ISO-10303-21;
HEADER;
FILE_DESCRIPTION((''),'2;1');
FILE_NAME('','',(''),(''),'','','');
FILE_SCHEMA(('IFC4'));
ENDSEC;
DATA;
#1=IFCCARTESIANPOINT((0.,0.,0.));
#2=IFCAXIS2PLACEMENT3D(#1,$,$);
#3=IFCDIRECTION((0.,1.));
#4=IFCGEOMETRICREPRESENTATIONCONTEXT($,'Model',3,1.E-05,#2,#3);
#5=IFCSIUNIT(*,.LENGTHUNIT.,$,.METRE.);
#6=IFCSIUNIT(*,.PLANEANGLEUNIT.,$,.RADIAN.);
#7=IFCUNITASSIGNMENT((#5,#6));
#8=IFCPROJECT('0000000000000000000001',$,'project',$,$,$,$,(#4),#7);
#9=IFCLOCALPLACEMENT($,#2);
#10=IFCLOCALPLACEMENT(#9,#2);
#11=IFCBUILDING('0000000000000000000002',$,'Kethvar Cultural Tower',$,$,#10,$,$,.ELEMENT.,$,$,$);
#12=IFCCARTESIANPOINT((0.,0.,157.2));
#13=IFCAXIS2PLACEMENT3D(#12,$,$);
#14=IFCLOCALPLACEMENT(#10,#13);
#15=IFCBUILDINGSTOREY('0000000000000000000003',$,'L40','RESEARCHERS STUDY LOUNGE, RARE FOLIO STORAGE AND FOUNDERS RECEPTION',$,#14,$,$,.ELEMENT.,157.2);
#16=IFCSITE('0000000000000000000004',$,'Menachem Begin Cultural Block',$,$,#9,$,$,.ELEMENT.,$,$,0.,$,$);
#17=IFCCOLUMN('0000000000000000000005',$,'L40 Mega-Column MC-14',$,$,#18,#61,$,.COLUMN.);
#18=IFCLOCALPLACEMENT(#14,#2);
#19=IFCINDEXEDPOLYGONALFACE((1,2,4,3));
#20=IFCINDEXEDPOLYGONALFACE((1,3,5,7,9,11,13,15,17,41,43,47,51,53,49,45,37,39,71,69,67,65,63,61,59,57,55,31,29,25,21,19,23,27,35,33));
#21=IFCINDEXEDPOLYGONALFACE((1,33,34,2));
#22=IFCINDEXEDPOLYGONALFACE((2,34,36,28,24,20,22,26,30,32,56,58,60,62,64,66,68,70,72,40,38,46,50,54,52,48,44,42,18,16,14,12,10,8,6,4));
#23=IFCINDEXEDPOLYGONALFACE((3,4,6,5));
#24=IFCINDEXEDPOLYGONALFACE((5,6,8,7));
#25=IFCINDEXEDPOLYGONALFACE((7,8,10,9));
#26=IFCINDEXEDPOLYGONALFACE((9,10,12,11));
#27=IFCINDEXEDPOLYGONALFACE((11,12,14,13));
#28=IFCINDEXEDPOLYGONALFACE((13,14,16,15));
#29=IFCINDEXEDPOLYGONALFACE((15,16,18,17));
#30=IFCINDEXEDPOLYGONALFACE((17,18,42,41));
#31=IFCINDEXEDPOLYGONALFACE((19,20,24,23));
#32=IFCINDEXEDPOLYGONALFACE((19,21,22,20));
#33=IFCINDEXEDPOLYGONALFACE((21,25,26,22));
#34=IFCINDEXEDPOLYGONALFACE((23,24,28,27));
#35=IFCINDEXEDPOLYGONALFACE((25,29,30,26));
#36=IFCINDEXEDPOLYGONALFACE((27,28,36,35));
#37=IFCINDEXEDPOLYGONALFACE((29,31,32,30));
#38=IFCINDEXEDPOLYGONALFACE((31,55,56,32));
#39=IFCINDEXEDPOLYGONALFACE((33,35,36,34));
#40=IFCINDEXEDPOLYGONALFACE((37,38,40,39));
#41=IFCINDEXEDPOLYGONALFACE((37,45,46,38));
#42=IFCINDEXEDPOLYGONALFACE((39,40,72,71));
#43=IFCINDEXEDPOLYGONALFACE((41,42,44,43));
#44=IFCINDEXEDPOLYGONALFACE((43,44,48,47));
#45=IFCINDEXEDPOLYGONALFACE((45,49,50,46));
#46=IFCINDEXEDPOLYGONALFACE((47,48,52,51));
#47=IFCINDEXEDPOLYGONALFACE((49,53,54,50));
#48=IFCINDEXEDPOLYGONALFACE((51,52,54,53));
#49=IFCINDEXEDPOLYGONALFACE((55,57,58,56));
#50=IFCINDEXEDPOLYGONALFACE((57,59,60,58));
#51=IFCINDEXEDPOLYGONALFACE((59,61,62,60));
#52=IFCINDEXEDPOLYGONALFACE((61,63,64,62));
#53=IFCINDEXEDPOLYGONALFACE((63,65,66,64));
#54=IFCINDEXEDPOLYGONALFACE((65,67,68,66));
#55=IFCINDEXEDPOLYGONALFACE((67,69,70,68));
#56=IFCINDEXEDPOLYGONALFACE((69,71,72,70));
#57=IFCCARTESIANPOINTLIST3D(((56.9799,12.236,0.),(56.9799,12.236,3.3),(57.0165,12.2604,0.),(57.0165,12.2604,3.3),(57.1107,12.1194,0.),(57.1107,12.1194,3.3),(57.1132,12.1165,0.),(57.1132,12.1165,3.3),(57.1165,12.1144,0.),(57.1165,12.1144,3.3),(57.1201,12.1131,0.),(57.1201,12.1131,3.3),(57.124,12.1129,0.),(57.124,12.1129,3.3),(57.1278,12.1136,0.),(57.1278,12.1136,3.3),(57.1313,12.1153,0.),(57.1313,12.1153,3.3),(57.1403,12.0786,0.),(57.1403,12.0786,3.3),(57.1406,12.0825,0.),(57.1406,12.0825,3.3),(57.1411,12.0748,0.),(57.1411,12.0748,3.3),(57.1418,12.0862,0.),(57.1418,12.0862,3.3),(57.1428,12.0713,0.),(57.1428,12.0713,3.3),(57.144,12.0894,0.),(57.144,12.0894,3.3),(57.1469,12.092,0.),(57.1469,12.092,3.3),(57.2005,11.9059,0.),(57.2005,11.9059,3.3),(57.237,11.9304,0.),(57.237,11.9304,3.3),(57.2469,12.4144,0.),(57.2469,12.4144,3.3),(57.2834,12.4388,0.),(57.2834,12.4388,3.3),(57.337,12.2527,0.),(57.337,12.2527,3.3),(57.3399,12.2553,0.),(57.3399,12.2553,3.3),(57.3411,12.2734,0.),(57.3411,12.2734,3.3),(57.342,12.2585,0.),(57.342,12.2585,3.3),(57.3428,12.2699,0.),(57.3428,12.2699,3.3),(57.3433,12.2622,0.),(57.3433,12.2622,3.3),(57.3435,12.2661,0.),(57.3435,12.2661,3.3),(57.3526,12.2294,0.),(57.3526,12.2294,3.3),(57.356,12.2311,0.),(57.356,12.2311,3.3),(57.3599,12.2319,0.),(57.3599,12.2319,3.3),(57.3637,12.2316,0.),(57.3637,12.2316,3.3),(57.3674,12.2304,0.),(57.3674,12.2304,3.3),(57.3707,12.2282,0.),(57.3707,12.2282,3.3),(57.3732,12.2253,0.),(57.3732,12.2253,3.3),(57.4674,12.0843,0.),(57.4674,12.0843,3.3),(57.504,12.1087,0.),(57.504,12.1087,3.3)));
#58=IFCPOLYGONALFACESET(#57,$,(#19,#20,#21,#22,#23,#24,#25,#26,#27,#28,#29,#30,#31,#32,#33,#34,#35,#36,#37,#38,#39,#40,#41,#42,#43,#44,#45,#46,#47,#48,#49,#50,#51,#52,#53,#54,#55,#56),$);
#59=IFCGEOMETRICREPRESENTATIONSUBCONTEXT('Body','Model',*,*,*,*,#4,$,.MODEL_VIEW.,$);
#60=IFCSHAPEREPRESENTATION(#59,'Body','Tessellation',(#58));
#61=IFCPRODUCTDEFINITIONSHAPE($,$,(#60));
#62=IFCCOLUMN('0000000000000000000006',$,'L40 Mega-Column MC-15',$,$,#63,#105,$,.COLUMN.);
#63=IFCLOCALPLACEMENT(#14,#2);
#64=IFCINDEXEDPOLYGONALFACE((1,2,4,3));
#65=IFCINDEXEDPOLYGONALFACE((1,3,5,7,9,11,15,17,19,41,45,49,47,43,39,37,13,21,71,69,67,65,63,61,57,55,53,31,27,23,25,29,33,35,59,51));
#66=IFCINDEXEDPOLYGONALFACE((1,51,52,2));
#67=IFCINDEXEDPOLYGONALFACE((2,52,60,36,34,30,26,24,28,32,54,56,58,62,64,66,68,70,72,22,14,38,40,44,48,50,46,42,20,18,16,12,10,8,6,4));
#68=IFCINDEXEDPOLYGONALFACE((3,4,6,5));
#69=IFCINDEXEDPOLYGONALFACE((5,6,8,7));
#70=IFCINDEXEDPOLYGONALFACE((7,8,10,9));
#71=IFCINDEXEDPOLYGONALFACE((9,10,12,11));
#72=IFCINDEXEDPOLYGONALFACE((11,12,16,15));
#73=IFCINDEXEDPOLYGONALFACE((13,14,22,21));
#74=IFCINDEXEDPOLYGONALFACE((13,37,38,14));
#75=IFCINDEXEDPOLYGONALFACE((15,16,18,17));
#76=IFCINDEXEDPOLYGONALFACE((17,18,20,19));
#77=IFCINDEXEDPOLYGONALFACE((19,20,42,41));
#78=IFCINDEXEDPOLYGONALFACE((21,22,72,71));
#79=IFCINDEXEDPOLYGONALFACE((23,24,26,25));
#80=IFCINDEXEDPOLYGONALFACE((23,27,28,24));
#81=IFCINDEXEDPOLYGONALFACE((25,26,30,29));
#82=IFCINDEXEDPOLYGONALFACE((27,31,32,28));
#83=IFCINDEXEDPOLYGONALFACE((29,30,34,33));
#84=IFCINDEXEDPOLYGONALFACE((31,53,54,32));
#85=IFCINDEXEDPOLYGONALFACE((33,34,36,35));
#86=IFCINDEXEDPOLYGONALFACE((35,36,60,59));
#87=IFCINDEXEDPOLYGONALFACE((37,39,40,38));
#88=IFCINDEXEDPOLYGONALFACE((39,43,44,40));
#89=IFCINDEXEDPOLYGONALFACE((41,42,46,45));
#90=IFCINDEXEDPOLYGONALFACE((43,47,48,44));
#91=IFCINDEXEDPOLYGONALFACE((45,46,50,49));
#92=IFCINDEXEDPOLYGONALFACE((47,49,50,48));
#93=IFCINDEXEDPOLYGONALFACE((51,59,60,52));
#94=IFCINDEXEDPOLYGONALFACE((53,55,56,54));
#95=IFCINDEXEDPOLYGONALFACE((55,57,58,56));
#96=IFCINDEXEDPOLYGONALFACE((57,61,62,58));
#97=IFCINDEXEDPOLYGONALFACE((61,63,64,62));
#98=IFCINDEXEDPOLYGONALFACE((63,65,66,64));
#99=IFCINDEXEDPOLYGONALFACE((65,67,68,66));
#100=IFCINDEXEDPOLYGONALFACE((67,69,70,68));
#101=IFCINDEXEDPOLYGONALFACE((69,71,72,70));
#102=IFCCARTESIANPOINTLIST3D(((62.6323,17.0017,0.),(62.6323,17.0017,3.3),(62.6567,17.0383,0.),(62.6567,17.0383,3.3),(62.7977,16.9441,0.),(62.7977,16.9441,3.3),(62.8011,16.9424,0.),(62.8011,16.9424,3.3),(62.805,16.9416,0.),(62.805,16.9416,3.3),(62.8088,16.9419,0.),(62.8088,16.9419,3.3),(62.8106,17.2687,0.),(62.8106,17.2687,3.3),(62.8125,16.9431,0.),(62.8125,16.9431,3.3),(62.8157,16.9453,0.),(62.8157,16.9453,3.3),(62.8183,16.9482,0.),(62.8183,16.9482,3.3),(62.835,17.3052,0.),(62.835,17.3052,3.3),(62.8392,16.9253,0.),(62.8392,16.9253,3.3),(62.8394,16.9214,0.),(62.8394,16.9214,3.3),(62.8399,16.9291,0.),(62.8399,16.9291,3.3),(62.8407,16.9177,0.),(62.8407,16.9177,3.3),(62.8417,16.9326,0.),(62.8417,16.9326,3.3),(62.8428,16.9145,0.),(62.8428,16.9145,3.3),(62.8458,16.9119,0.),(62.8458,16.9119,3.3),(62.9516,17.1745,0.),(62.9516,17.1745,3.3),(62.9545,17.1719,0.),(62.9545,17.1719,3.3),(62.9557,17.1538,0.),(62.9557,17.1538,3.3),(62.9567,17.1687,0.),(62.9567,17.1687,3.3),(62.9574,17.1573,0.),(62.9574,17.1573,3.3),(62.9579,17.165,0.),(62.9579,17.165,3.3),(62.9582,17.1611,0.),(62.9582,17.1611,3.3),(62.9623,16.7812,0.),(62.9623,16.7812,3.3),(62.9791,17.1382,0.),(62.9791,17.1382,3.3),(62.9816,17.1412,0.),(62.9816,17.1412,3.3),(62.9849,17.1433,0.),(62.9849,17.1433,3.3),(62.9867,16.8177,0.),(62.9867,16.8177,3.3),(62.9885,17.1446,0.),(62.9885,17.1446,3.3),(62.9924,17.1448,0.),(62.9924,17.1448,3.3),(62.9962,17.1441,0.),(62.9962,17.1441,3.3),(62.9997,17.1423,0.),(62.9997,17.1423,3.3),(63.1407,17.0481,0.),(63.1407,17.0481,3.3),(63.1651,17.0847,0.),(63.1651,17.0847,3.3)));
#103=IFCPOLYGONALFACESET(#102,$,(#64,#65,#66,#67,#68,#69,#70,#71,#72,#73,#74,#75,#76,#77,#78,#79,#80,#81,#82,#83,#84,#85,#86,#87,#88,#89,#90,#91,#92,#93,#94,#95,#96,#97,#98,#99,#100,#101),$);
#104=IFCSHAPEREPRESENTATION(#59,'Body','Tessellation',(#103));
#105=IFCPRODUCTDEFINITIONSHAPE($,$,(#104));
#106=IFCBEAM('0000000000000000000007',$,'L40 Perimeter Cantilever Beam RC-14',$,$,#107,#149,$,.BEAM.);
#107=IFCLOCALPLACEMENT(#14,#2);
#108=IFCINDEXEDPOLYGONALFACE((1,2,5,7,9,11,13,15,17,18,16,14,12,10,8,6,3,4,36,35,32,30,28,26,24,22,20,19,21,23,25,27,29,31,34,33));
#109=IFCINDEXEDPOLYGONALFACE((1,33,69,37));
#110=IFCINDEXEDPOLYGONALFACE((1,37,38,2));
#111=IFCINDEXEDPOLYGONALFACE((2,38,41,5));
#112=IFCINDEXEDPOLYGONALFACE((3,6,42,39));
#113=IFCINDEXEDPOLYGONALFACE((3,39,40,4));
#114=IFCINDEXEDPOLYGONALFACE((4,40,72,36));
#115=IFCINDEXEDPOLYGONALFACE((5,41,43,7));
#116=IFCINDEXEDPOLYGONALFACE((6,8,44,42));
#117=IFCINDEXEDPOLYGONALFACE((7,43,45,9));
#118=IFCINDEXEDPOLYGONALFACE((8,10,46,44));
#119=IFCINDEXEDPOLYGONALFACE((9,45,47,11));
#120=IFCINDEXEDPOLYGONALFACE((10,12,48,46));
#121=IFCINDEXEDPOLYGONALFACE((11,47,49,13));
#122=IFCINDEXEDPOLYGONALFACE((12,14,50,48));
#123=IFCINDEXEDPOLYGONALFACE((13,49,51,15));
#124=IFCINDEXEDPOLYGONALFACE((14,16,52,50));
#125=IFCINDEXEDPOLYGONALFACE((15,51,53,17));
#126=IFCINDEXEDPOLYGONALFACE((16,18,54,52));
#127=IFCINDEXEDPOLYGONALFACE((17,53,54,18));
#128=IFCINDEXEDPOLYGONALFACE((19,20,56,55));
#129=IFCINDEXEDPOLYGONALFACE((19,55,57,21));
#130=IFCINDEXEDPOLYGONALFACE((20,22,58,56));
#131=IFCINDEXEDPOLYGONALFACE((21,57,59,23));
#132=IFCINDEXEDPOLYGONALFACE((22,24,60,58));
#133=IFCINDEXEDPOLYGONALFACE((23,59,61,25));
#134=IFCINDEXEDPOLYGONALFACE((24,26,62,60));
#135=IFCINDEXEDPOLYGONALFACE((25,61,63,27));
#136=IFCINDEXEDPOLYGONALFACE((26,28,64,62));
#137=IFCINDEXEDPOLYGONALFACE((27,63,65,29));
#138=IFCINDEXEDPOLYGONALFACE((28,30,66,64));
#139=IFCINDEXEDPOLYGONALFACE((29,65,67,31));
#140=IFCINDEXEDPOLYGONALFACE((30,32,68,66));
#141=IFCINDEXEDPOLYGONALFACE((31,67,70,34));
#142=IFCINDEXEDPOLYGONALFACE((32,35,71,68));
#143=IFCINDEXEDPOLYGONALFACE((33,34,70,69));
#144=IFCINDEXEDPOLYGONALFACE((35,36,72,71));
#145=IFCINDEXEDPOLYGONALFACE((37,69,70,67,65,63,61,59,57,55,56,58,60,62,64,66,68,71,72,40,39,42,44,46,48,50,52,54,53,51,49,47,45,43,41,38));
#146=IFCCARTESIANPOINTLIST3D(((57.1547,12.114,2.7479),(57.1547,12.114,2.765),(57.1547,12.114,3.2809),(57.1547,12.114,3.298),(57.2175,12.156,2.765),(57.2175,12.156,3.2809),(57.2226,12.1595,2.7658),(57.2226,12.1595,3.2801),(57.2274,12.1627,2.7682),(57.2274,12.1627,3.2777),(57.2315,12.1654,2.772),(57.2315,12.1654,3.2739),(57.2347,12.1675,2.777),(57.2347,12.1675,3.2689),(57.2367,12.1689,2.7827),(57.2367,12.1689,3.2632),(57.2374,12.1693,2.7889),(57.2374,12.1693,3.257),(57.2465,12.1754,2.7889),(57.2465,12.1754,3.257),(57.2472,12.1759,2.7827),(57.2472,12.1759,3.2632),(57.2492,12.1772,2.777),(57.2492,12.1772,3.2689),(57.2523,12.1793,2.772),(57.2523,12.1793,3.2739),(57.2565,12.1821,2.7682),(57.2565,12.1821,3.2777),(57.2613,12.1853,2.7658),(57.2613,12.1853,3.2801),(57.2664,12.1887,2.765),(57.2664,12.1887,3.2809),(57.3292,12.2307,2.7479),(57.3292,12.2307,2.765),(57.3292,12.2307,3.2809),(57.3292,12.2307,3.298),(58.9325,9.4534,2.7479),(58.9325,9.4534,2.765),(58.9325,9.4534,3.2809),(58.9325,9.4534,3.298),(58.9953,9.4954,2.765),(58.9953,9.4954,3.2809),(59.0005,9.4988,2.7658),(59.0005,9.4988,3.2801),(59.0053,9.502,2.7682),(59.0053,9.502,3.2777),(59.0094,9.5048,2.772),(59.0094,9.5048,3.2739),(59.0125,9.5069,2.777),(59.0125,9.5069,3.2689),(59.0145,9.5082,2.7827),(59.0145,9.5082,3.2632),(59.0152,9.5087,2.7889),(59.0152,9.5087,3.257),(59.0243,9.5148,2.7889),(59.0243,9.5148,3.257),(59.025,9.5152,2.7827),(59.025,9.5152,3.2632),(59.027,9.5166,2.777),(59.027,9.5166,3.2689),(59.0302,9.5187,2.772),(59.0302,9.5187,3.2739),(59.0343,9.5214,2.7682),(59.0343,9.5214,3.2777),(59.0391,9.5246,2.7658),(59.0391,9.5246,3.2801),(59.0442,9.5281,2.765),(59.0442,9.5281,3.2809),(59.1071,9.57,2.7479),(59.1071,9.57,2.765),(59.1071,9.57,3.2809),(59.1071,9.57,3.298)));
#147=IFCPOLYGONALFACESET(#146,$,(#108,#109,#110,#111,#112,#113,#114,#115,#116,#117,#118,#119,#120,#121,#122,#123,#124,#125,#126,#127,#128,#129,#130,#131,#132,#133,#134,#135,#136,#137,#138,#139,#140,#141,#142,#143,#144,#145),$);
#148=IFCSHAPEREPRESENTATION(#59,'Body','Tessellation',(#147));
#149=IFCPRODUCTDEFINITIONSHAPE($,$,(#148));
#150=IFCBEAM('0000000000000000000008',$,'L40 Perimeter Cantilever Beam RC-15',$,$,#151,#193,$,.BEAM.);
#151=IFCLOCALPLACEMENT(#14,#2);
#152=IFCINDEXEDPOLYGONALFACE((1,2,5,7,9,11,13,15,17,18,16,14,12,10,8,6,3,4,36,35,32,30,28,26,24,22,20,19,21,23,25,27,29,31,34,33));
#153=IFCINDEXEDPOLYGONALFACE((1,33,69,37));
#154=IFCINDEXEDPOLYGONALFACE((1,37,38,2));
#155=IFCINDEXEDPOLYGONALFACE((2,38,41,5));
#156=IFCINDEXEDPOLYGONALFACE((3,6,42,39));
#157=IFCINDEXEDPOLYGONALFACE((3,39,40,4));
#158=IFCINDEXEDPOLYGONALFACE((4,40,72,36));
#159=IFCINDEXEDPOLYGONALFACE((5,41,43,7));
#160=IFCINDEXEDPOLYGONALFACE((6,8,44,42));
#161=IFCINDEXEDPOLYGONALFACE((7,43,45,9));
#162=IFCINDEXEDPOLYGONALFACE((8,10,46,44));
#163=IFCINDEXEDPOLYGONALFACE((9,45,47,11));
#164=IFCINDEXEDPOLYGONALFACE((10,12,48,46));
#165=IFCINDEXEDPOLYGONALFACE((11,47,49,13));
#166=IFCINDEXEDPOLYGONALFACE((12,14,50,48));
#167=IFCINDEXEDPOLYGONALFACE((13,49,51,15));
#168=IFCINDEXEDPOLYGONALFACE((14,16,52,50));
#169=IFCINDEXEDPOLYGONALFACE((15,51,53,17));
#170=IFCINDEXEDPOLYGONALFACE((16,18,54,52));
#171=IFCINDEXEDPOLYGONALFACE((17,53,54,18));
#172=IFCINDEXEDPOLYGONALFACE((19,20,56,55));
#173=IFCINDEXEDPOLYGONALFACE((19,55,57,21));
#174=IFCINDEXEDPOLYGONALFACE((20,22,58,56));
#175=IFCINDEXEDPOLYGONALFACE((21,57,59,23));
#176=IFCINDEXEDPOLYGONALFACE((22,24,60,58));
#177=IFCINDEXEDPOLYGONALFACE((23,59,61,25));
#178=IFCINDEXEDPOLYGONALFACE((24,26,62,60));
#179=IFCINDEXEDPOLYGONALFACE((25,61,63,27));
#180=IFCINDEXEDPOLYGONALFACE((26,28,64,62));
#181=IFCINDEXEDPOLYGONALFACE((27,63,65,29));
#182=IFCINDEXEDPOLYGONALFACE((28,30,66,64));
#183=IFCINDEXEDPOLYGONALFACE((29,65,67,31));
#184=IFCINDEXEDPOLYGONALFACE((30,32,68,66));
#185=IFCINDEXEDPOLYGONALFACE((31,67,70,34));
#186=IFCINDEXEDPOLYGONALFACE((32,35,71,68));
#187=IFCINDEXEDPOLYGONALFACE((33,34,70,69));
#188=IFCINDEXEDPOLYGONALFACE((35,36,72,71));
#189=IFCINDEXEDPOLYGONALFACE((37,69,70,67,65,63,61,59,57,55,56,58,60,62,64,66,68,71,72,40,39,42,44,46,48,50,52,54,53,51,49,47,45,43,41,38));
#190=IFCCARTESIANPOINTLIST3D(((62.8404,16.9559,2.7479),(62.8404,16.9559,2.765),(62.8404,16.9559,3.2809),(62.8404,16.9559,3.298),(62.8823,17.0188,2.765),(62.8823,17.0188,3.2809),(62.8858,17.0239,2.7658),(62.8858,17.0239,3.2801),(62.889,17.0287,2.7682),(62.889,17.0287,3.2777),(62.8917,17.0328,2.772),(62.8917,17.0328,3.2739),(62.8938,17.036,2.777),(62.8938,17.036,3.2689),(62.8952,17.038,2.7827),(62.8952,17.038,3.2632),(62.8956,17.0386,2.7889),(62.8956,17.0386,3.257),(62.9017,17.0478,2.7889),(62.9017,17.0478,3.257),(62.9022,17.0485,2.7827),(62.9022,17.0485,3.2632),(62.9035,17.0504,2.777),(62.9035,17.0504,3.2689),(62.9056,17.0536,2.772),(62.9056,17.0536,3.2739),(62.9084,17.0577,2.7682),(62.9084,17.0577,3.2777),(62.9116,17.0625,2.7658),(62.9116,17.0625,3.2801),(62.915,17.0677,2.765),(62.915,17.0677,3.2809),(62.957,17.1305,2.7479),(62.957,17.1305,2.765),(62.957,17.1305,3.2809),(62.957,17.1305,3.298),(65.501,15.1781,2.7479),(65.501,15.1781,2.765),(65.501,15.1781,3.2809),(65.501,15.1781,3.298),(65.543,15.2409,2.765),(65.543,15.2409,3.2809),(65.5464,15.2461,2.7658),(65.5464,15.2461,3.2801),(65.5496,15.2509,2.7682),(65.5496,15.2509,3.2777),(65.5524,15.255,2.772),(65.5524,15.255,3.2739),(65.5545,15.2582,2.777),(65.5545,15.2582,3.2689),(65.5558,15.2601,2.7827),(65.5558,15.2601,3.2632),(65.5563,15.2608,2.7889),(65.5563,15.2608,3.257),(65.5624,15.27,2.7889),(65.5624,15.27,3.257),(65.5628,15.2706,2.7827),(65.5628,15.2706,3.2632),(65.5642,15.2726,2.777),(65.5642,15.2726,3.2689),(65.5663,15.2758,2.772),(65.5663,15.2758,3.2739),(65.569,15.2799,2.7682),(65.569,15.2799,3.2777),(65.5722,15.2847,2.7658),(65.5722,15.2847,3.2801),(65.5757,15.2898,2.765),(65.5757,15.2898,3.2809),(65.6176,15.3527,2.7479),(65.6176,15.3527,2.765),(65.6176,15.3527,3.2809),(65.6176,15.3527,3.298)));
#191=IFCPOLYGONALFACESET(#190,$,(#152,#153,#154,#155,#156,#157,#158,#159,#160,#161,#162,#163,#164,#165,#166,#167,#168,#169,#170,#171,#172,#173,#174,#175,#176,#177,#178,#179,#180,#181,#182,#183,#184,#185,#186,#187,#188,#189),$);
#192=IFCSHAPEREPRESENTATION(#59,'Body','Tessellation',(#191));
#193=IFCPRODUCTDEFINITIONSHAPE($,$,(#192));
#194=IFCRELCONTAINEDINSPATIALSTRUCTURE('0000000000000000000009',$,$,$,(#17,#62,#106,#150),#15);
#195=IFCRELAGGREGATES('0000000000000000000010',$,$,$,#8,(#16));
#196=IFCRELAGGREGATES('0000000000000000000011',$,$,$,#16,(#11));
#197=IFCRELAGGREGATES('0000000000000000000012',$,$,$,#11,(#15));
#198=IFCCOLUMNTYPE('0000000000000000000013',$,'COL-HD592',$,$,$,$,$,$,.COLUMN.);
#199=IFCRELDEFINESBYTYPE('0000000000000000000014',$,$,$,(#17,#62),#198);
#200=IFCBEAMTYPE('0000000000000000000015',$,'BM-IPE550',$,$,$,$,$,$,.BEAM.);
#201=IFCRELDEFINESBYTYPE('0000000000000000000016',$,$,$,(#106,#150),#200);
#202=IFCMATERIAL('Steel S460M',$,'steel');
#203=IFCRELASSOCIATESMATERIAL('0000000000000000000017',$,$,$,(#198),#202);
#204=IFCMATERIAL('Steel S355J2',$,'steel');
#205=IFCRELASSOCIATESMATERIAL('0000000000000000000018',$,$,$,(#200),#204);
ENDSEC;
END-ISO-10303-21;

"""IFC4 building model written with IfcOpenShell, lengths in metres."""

from ifc_helpers import new_model, si_unit, direction, frame, origin, origin_2d, place, context, subcontext, project, spatial, i_section, extrude, source, transform, mapped, material, material_profile, profile_set, type_object, element, save


model = new_model("IFC4")

# Units and contexts
model_context = context("Model", 3, precision=1e-05, world=origin(), true_north=direction((0.0, 1.0)))
body_context = subcontext(model_context, "Body", "Model", "MODEL_VIEW")
ifc_project = project(units=[si_unit("LENGTHUNIT", "METRE"), si_unit("PLANEANGLEUNIT", "RADIAN")], contexts=[model_context])

# Site, building, storey
site_placement = place(None, origin())
site = spatial("IfcSite", under=ifc_project, at=site_placement, Name="Menachem Begin Cultural Block", CompositionType="ELEMENT", RefElevation=0.0)
building_placement = place(site_placement, origin())
building = spatial("IfcBuilding", under=site, at=building_placement, Name="Kethvar Cultural Tower", CompositionType="ELEMENT")
storey_placement = place(building_placement, frame((0.0, 0.0, 157.2)))
storey = spatial("IfcBuildingStorey", under=building, at=storey_placement, Name="L40", Description="RESEARCHERS STUDY LOUNGE, RARE FOLIO STORAGE AND FOUNDERS RECEPTION", CompositionType="ELEMENT", Elevation=157.2)

# Columns
ifc_material_1 = material(Name="Steel S460M", Category="steel")
ifc_material_profile_1 = material_profile(ifc_material_1, i_section(OverallWidth=0.397, OverallDepth=0.365, WebThickness=0.0281, FlangeThickness=0.0439, FilletRadius=0.0149, at=origin_2d()), Name="Steel S460M — HD400x592")
ifc_profile_set_1 = profile_set([ifc_material_profile_1], Name="Steel S460M — HD400x592")
column_type = type_object("IfcColumnType", Name="COL-HD592", PredefinedType="COLUMN", material=ifc_profile_set_1)
shared_shape_1 = source(origin(), body_context, "Body", "SweptSolid", [
    extrude(i_section(OverallWidth=0.397, OverallDepth=0.365, WebThickness=0.0281, FlangeThickness=0.0439, FilletRadius=0.0149, at=origin_2d()), origin(), (0.0, 0.0, 1.0), 3.3),
])
for number, where, z_axis, x_axis, name in (
    (1, (57.2419, 12.1724, 0.0), (0.0, 0.0, 1.0), (0.55557, -0.83147, 0.0), "L40 Mega-Column MC-14"),
    (2, (62.8987, 17.0432, 0.0), (0.0, 0.0, 1.0), (0.83147, -0.55557, 0.0), "L40 Mega-Column MC-15"),
):
    element("IfcColumn", number, at=place(storey_placement, frame(where, z_axis=z_axis, x_axis=x_axis)), inside=storey, type_object=column_type, Name=name, PredefinedType="COLUMN", context=body_context, shape_type="MappedRepresentation", body=[
        mapped(shared_shape_1, transform((0.0, 0.0, 0.0), scale=1.0)),
    ])

# Beams
ifc_material_2 = material(Name="Steel S355J2", Category="steel")
ifc_material_profile_2 = material_profile(ifc_material_2, i_section(OverallWidth=0.21, OverallDepth=0.55, WebThickness=0.011, FlangeThickness=0.0171, FilletRadius=0.0239, at=origin_2d()), Name="Steel S355J2 — IPE550")
ifc_profile_set_2 = profile_set([ifc_material_profile_2], Name="Steel S355J2 — IPE550")
beam_type_1 = type_object("IfcBeamType", Name="BM-IPE550", PredefinedType="BEAM", material=ifc_profile_set_2)
shared_shape_2 = source(origin(), body_context, "Body", "SweptSolid", [
    extrude(i_section(OverallWidth=0.21, OverallDepth=0.55, WebThickness=0.011, FlangeThickness=0.0171, FilletRadius=0.0239, at=origin_2d()), origin(), (0.0, 0.0, 1.0), 3.2),
])
for number, where, z_axis, x_axis, name in (
    (3, (57.2419, 12.1724, 3.0229), (0.55558, -0.831463, 0.0), (0.831463, 0.55558, 0.0), "L40 Perimeter Cantilever Beam RC-14"),
    (4, (62.8987, 17.0432, 3.0229), (0.831463, -0.55558, 0.0), (0.55558, 0.831463, 0.0), "L40 Perimeter Cantilever Beam RC-15"),
):
    element("IfcBeam", number, at=place(storey_placement, frame(where, z_axis=z_axis, x_axis=x_axis)), inside=storey, type_object=beam_type_1, Name=name, PredefinedType="BEAM", context=body_context, shape_type="MappedRepresentation", body=[
        mapped(shared_shape_2, transform((0.0, 0.0, 0.0), scale=1.0)),
    ])

save(model, "model.ifc")
